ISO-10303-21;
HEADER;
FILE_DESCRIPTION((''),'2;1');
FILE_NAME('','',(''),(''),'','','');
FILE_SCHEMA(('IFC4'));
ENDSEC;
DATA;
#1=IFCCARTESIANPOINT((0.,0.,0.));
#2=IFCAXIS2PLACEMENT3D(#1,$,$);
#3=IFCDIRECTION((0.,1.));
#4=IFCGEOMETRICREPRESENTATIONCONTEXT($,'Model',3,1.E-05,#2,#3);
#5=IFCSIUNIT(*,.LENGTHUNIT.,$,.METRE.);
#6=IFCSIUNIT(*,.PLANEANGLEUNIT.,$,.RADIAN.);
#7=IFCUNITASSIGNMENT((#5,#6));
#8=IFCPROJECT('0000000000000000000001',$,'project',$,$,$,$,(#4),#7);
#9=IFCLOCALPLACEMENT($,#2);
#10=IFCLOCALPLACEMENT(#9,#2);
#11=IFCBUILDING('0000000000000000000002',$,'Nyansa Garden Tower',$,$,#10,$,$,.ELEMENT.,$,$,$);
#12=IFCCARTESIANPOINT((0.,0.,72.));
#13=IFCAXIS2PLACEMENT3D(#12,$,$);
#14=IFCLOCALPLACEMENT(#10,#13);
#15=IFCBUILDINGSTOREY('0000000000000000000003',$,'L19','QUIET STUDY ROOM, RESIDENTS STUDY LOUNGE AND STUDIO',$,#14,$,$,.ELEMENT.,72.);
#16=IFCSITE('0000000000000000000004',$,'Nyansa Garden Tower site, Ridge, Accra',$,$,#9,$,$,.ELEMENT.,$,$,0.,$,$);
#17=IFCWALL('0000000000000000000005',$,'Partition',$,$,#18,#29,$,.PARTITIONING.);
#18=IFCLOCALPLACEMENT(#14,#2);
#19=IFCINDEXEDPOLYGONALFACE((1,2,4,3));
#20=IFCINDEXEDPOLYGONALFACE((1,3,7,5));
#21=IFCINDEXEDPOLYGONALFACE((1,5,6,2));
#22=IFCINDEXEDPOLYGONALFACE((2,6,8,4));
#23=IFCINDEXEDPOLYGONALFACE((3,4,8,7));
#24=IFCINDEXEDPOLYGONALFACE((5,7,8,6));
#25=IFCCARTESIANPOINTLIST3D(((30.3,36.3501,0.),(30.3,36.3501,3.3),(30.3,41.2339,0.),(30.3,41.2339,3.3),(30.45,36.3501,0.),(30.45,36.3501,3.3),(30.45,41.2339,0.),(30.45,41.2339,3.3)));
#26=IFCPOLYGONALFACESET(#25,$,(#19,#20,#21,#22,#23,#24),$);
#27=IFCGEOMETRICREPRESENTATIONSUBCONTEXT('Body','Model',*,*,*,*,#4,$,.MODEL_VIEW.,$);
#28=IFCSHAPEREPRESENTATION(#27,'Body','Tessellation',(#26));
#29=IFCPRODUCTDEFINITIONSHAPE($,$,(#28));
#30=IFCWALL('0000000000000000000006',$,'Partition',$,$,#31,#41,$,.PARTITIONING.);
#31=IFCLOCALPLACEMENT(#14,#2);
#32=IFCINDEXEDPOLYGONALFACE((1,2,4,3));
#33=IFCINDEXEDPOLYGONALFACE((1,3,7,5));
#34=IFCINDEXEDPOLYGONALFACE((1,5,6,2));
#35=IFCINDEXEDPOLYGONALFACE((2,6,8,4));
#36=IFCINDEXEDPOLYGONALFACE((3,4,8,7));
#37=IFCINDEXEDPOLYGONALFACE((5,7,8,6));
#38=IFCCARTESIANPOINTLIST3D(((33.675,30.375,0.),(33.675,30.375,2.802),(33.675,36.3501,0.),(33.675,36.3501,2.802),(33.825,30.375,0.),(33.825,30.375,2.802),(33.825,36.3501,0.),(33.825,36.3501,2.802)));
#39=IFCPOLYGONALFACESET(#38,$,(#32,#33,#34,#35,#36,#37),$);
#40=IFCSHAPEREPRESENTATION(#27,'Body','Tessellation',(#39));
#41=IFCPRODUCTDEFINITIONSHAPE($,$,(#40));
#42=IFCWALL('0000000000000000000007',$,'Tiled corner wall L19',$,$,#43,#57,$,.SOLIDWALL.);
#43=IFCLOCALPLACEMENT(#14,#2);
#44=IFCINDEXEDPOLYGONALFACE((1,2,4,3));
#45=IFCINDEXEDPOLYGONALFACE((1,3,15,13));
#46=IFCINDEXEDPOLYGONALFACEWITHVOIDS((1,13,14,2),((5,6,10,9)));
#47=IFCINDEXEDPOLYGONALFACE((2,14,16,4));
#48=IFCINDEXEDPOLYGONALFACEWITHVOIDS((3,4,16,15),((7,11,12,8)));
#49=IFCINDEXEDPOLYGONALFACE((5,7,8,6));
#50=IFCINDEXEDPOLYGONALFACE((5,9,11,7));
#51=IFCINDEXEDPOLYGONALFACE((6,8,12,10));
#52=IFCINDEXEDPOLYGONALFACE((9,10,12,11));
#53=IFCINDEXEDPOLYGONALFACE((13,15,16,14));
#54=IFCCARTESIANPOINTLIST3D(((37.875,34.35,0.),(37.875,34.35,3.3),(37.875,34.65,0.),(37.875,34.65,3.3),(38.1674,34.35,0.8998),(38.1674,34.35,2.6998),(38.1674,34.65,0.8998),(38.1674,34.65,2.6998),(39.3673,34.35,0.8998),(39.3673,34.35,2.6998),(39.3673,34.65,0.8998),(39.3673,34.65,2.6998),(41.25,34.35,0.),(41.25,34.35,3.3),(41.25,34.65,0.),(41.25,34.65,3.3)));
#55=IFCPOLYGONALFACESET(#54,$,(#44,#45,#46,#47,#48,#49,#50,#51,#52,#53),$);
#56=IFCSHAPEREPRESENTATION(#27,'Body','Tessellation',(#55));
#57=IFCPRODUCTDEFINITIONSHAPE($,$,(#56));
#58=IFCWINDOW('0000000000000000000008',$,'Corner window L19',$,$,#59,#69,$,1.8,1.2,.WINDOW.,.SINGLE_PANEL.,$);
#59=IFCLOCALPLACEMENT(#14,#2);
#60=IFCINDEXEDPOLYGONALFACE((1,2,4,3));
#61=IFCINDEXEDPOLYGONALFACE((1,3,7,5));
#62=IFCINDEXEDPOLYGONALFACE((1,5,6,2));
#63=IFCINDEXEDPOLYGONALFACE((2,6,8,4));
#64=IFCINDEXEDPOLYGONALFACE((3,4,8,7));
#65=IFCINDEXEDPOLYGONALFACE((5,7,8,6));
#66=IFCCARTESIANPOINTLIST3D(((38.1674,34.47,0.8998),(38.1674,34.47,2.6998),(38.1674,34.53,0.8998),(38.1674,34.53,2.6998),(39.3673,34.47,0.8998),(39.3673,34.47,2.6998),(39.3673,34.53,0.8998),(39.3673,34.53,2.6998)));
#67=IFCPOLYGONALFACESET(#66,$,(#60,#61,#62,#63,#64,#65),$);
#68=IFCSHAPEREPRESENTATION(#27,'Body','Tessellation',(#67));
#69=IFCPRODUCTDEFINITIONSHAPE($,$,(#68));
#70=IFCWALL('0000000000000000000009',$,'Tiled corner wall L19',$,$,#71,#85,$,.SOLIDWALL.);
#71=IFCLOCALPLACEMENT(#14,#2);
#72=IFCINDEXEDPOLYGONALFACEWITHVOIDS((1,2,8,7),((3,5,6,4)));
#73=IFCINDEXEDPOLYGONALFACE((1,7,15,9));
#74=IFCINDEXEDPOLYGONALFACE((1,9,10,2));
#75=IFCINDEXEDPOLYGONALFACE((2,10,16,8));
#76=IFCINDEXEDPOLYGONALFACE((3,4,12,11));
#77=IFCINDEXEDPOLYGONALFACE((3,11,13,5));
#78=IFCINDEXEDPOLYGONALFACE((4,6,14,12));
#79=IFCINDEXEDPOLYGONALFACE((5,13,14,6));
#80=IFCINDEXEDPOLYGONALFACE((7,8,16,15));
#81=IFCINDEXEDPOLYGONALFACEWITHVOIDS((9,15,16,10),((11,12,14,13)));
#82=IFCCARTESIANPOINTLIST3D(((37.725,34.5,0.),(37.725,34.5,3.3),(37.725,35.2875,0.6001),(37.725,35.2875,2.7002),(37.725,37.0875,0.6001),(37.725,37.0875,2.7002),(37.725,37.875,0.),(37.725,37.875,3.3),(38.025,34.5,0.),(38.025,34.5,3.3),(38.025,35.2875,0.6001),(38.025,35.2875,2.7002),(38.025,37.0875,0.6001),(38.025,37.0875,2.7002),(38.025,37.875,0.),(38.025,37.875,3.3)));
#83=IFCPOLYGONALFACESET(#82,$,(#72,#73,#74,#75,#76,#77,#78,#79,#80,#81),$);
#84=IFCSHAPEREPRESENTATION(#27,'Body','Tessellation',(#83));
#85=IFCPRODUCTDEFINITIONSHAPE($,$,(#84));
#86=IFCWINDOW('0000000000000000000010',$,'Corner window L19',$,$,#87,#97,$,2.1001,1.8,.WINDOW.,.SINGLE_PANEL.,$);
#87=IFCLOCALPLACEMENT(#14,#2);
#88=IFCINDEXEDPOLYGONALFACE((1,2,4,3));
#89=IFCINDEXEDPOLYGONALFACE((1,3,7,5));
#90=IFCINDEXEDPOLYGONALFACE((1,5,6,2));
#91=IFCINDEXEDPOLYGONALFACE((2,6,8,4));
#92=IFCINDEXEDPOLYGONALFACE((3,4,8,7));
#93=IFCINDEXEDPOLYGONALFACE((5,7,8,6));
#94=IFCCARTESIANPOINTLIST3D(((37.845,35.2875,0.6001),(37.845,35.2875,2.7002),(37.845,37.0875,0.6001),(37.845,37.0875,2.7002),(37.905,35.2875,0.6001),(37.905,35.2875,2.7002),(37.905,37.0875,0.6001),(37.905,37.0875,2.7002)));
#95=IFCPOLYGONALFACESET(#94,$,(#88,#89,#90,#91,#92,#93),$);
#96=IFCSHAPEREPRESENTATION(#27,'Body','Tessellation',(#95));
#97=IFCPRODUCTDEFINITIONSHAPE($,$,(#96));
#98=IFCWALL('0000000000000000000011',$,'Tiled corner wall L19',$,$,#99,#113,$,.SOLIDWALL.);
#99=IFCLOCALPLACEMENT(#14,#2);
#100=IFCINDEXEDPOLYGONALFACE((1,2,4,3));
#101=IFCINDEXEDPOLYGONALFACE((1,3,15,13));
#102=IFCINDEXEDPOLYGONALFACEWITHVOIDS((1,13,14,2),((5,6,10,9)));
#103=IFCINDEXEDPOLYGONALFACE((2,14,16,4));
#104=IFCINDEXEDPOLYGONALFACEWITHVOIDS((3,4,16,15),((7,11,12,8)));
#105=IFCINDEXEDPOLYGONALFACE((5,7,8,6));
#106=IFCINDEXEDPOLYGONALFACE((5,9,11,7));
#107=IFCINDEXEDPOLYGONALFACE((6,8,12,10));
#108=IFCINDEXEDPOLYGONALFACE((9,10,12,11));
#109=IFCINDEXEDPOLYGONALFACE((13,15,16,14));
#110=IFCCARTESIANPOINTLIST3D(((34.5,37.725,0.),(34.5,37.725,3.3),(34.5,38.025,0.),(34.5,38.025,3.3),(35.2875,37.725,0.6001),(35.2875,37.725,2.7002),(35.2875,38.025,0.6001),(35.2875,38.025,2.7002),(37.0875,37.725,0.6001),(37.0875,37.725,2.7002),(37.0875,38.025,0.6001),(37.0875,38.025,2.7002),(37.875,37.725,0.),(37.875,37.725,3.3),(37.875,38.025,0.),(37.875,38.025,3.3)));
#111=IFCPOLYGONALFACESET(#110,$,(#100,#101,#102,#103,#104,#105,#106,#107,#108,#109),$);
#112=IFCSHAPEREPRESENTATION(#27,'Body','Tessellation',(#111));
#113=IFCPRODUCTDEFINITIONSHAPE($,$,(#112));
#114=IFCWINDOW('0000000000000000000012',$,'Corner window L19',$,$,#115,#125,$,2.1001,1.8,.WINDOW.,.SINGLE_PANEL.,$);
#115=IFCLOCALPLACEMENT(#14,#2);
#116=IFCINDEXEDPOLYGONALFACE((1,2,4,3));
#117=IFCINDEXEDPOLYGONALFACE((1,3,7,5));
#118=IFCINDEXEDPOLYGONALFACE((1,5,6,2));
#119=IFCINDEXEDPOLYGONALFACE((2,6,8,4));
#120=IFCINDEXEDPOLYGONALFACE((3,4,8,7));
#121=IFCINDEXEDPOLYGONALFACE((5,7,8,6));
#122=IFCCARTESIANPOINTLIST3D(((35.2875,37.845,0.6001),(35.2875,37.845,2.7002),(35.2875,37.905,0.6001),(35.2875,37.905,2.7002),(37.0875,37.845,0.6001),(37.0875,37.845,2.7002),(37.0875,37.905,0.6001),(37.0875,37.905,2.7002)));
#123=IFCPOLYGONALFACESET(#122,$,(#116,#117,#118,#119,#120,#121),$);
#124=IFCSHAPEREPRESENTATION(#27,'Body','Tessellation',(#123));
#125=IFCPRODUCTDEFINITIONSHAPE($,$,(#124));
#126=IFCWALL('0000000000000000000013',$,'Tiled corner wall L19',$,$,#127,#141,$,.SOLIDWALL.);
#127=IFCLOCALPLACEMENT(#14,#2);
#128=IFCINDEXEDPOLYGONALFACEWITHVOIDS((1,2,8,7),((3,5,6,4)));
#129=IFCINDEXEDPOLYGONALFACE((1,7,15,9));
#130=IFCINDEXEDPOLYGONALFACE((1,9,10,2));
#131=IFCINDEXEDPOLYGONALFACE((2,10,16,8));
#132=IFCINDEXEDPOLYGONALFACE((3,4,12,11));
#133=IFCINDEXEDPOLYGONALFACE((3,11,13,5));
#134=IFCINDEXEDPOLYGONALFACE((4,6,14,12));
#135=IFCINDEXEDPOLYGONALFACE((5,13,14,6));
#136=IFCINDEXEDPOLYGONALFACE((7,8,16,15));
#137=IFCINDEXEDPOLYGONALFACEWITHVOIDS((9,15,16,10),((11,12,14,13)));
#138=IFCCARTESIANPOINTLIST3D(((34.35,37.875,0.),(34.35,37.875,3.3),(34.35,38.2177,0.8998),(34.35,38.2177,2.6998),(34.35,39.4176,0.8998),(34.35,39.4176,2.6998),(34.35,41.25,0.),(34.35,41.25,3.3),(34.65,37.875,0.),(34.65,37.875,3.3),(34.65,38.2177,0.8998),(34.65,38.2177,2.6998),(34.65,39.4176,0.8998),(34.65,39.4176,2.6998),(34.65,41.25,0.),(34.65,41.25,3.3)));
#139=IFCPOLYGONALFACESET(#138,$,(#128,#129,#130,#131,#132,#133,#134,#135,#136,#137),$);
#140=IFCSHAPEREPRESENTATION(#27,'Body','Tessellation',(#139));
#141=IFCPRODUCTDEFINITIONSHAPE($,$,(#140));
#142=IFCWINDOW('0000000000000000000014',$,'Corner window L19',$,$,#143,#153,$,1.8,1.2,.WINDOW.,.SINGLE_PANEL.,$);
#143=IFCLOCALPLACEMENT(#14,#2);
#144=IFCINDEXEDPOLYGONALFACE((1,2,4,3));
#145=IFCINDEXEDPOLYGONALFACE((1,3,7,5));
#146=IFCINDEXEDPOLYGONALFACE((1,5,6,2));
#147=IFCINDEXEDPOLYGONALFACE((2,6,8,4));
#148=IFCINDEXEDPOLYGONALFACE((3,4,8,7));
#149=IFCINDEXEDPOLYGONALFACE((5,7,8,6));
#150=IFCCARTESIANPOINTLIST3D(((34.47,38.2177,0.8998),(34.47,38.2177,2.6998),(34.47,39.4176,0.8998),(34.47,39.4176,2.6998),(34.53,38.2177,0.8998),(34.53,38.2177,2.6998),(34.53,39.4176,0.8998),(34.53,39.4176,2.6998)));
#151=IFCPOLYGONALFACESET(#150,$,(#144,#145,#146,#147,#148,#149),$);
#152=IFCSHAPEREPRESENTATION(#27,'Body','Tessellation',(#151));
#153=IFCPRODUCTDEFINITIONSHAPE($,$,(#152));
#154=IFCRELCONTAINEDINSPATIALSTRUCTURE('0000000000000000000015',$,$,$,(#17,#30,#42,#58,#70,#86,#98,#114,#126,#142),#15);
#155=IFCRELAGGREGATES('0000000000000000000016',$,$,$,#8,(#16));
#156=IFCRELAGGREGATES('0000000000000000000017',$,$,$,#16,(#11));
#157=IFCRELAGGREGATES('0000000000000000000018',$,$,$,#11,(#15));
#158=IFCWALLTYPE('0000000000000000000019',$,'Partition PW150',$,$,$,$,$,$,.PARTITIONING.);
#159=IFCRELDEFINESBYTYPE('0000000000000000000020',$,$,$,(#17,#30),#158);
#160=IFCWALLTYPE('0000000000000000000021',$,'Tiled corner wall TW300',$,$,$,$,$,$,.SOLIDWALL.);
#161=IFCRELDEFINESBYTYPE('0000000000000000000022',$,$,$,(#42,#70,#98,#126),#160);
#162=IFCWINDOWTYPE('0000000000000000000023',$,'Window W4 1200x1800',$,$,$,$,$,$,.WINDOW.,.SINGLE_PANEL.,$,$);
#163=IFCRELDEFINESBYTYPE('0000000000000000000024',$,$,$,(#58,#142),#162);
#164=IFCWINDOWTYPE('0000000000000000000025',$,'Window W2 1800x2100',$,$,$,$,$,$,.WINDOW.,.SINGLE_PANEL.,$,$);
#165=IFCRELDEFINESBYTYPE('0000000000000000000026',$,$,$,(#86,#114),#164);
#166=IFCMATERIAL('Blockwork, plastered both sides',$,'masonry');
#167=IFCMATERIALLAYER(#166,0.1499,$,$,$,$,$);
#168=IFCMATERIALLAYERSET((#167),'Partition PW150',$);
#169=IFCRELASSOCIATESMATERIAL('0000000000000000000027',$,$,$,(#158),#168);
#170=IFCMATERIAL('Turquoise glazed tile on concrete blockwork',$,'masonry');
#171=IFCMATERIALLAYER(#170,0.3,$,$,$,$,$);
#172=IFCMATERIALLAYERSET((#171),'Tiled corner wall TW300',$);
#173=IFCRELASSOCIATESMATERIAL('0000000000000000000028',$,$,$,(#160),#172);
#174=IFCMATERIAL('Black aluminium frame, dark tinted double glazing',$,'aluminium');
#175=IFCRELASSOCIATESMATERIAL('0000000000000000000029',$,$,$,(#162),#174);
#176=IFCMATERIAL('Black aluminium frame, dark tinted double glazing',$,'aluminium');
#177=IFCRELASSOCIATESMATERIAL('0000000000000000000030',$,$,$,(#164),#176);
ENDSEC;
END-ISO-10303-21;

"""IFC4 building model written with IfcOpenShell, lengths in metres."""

from ifc_helpers import new_model, si_unit, direction, frame, frame_2d, origin, place, context, subcontext, project, spatial, rectangle, extrude, material, layer, layer_set, type_object, element, fill, save


model = new_model("IFC4")

# Units and contexts
model_context = context("Model", 3, precision=1e-05, world=origin(), true_north=direction((0.0, 1.0)))
body_context = subcontext(model_context, "Body", "Model", "MODEL_VIEW")
ifc_project = project(units=[si_unit("LENGTHUNIT", "METRE"), si_unit("PLANEANGLEUNIT", "RADIAN")], contexts=[model_context])

# Site, building, storey
site_placement = place(None, origin())
site = spatial("IfcSite", under=ifc_project, at=site_placement, Name="Nyansa Garden Tower site, Ridge, Accra", CompositionType="ELEMENT", RefElevation=0.0)
building_placement = place(site_placement, origin())
building = spatial("IfcBuilding", under=site, at=building_placement, Name="Nyansa Garden Tower", CompositionType="ELEMENT")
storey_placement = place(building_placement, frame((0.0, 0.0, 72.0)))
storey = spatial("IfcBuildingStorey", under=building, at=storey_placement, Name="L19", Description="QUIET STUDY ROOM, RESIDENTS STUDY LOUNGE AND STUDIO", CompositionType="ELEMENT", Elevation=72.0)

# Walls
ifc_material_1 = material(Name="Blockwork, plastered both sides", Category="masonry")
ifc_layer_1 = layer(ifc_material_1, 0.1499)
ifc_layer_set_1 = layer_set([ifc_layer_1], Name="Partition PW150")
wall_type_1 = type_object("IfcWallType", Name="Partition PW150", PredefinedType="PARTITIONING", material=ifc_layer_set_1)
wall_1_placement = place(storey_placement, frame((30.375, 36.3501, 0.0), z_axis=(0.0, 0.0, 1.0), x_axis=(0.0, 1.0, 0.0)))
element("IfcWall", 1, at=wall_1_placement, inside=storey, type_object=wall_type_1, Name="Partition", PredefinedType="PARTITIONING", context=body_context, shape_type="SweptSolid", body=[
    extrude(rectangle(XDim=4.8838, YDim=0.1499, at=frame_2d((2.4419, 0.0))), origin(), (0.0, 0.0, 1.0), 3.3),
])
wall_2_placement = place(storey_placement, frame((33.75, 30.375, 0.0), z_axis=(0.0, 0.0, 1.0), x_axis=(0.0, 1.0, 0.0)))
element("IfcWall", 2, at=wall_2_placement, inside=storey, type_object=wall_type_1, Name="Partition", PredefinedType="PARTITIONING", context=body_context, shape_type="SweptSolid", body=[
    extrude(rectangle(XDim=5.9751, YDim=0.1499, at=frame_2d((2.9875, 0.0))), origin(), (0.0, 0.0, 1.0), 2.802),
])

# Walls, openings, windows
ifc_material_2 = material(Name="Turquoise glazed tile on concrete blockwork", Category="masonry")
ifc_layer_2 = layer(ifc_material_2, 0.3)
ifc_layer_set_2 = layer_set([ifc_layer_2], Name="Tiled corner wall TW300")
wall_type_2 = type_object("IfcWallType", Name="Tiled corner wall TW300", PredefinedType="SOLIDWALL", material=ifc_layer_set_2)
wall_3_placement = place(storey_placement, frame((41.25, 34.5, 0.0), z_axis=(0.0, 0.0, 1.0), x_axis=(-1.0, 0.0, 0.0)))
wall_3 = element("IfcWall", 3, at=wall_3_placement, inside=storey, type_object=wall_type_2, Name="Tiled corner wall L19", PredefinedType="SOLIDWALL", context=body_context, shape_type="SweptSolid", body=[
    extrude(rectangle(XDim=3.375, YDim=0.3, at=frame_2d((1.6875, 0.0))), origin(), (0.0, 0.0, 1.0), 3.3),
])
opening_1_placement = place(wall_3_placement, frame((1.8826, 0.0, 0.8999)))
opening_1 = element("IfcOpeningElement", 4, at=opening_1_placement, cuts=wall_3, PredefinedType="OPENING", context=body_context, shape_type="SweptSolid", body=[
    extrude(rectangle(XDim=1.2, YDim=1.8, at=frame_2d((0.6001, 0.8999))), frame((0.0, 0.1599, 0.0), z_axis=(0.0, -1.0, 0.0), x_axis=(1.0, 0.0, 0.0)), (0.0, 0.0, 1.0), 0.3201),
])
ifc_material_3 = material(Name="Black aluminium frame, dark tinted double glazing", Category="aluminium")
window_type_1 = type_object("IfcWindowType", Name="Window W4 1200x1800", PartitioningType="SINGLE_PANEL", PredefinedType="WINDOW", material=ifc_material_3)
window_1_placement = place(opening_1_placement, origin())
window_1 = element("IfcWindow", 5, at=window_1_placement, inside=storey, type_object=window_type_1, Name="Corner window L19", OverallHeight=1.8, OverallWidth=1.2, PartitioningType="SINGLE_PANEL", PredefinedType="WINDOW", context=body_context, shape_type="SweptSolid", body=[
    extrude(rectangle(XDim=1.2, YDim=1.8, at=frame_2d((0.6001, 0.8999))), frame((0.0, 0.03, 0.0), z_axis=(0.0, -1.0, 0.0), x_axis=(1.0, 0.0, 0.0)), (0.0, 0.0, 1.0), 0.0601),
])
fill(opening_1, window_1)
wall_4_placement = place(storey_placement, frame((37.875, 34.5, 0.0), z_axis=(0.0, 0.0, 1.0), x_axis=(0.0, 1.0, 0.0)))
wall_4 = element("IfcWall", 6, at=wall_4_placement, inside=storey, type_object=wall_type_2, Name="Tiled corner wall L19", PredefinedType="SOLIDWALL", context=body_context, shape_type="SweptSolid", body=[
    extrude(rectangle(XDim=3.375, YDim=0.3, at=frame_2d((1.6875, 0.0))), origin(), (0.0, 0.0, 1.0), 3.3),
])
opening_2_placement = place(wall_4_placement, frame((0.7876, 0.0, 0.6001)))
opening_2 = element("IfcOpeningElement", 7, at=opening_2_placement, cuts=wall_4, PredefinedType="OPENING", context=body_context, shape_type="SweptSolid", body=[
    extrude(rectangle(XDim=1.8, YDim=2.1001, at=frame_2d((0.8999, 1.05))), frame((0.0, 0.1599, 0.0), z_axis=(0.0, -1.0, 0.0), x_axis=(1.0, 0.0, 0.0)), (0.0, 0.0, 1.0), 0.3201),
])
ifc_material_4 = material(Name="Black aluminium frame, dark tinted double glazing", Category="aluminium")
window_type_2 = type_object("IfcWindowType", Name="Window W2 1800x2100", PartitioningType="SINGLE_PANEL", PredefinedType="WINDOW", material=ifc_material_4)
window_2_placement = place(opening_2_placement, origin())
window_2 = element("IfcWindow", 8, at=window_2_placement, inside=storey, type_object=window_type_2, Name="Corner window L19", OverallHeight=2.1001, OverallWidth=1.8, PartitioningType="SINGLE_PANEL", PredefinedType="WINDOW", context=body_context, shape_type="SweptSolid", body=[
    extrude(rectangle(XDim=1.8, YDim=2.1001, at=frame_2d((0.8999, 1.05))), frame((0.0, 0.03, 0.0), z_axis=(0.0, -1.0, 0.0), x_axis=(1.0, 0.0, 0.0)), (0.0, 0.0, 1.0), 0.0601),
])
fill(opening_2, window_2)
wall_5_placement = place(storey_placement, frame((37.875, 37.875, 0.0), z_axis=(0.0, 0.0, 1.0), x_axis=(-1.0, 0.0, 0.0)))
wall_5 = element("IfcWall", 9, at=wall_5_placement, inside=storey, type_object=wall_type_2, Name="Tiled corner wall L19", PredefinedType="SOLIDWALL", context=body_context, shape_type="SweptSolid", body=[
    extrude(rectangle(XDim=3.375, YDim=0.3, at=frame_2d((1.6875, 0.0))), origin(), (0.0, 0.0, 1.0), 3.3),
])
opening_3_placement = place(wall_5_placement, frame((0.7876, 0.0, 0.6001)))
opening_3 = element("IfcOpeningElement", 10, at=opening_3_placement, cuts=wall_5, PredefinedType="OPENING", context=body_context, shape_type="SweptSolid", body=[
    extrude(rectangle(XDim=1.8, YDim=2.1001, at=frame_2d((0.8999, 1.05))), frame((0.0, 0.1599, 0.0), z_axis=(0.0, -1.0, 0.0), x_axis=(1.0, 0.0, 0.0)), (0.0, 0.0, 1.0), 0.3201),
])
window_3_placement = place(opening_3_placement, origin())
window_3 = element("IfcWindow", 11, at=window_3_placement, inside=storey, type_object=window_type_2, Name="Corner window L19", OverallHeight=2.1001, OverallWidth=1.8, PartitioningType="SINGLE_PANEL", PredefinedType="WINDOW", context=body_context, shape_type="SweptSolid", body=[
    extrude(rectangle(XDim=1.8, YDim=2.1001, at=frame_2d((0.8999, 1.05))), frame((0.0, 0.03, 0.0), z_axis=(0.0, -1.0, 0.0), x_axis=(1.0, 0.0, 0.0)), (0.0, 0.0, 1.0), 0.0601),
])
fill(opening_3, window_3)
wall_6_placement = place(storey_placement, frame((34.5, 37.875, 0.0), z_axis=(0.0, 0.0, 1.0), x_axis=(0.0, 1.0, 0.0)))
wall_6 = element("IfcWall", 12, at=wall_6_placement, inside=storey, type_object=wall_type_2, Name="Tiled corner wall L19", PredefinedType="SOLIDWALL", context=body_context, shape_type="SweptSolid", body=[
    extrude(rectangle(XDim=3.375, YDim=0.3, at=frame_2d((1.6875, 0.0))), origin(), (0.0, 0.0, 1.0), 3.3),
])
opening_4_placement = place(wall_6_placement, frame((0.3425, 0.0, 0.8999)))
opening_4 = element("IfcOpeningElement", 13, at=opening_4_placement, cuts=wall_6, PredefinedType="OPENING", context=body_context, shape_type="SweptSolid", body=[
    extrude(rectangle(XDim=1.2, YDim=1.8, at=frame_2d((0.6001, 0.8999))), frame((0.0, 0.1599, 0.0), z_axis=(0.0, -1.0, 0.0), x_axis=(1.0, 0.0, 0.0)), (0.0, 0.0, 1.0), 0.3201),
])
window_4_placement = place(opening_4_placement, origin())
window_4 = element("IfcWindow", 14, at=window_4_placement, inside=storey, type_object=window_type_1, Name="Corner window L19", OverallHeight=1.8, OverallWidth=1.2, PartitioningType="SINGLE_PANEL", PredefinedType="WINDOW", context=body_context, shape_type="SweptSolid", body=[
    extrude(rectangle(XDim=1.2, YDim=1.8, at=frame_2d((0.6001, 0.8999))), frame((0.0, 0.03, 0.0), z_axis=(0.0, -1.0, 0.0), x_axis=(1.0, 0.0, 0.0)), (0.0, 0.0, 1.0), 0.0601),
])
fill(opening_4, window_4)

save(model, "model.ifc")
